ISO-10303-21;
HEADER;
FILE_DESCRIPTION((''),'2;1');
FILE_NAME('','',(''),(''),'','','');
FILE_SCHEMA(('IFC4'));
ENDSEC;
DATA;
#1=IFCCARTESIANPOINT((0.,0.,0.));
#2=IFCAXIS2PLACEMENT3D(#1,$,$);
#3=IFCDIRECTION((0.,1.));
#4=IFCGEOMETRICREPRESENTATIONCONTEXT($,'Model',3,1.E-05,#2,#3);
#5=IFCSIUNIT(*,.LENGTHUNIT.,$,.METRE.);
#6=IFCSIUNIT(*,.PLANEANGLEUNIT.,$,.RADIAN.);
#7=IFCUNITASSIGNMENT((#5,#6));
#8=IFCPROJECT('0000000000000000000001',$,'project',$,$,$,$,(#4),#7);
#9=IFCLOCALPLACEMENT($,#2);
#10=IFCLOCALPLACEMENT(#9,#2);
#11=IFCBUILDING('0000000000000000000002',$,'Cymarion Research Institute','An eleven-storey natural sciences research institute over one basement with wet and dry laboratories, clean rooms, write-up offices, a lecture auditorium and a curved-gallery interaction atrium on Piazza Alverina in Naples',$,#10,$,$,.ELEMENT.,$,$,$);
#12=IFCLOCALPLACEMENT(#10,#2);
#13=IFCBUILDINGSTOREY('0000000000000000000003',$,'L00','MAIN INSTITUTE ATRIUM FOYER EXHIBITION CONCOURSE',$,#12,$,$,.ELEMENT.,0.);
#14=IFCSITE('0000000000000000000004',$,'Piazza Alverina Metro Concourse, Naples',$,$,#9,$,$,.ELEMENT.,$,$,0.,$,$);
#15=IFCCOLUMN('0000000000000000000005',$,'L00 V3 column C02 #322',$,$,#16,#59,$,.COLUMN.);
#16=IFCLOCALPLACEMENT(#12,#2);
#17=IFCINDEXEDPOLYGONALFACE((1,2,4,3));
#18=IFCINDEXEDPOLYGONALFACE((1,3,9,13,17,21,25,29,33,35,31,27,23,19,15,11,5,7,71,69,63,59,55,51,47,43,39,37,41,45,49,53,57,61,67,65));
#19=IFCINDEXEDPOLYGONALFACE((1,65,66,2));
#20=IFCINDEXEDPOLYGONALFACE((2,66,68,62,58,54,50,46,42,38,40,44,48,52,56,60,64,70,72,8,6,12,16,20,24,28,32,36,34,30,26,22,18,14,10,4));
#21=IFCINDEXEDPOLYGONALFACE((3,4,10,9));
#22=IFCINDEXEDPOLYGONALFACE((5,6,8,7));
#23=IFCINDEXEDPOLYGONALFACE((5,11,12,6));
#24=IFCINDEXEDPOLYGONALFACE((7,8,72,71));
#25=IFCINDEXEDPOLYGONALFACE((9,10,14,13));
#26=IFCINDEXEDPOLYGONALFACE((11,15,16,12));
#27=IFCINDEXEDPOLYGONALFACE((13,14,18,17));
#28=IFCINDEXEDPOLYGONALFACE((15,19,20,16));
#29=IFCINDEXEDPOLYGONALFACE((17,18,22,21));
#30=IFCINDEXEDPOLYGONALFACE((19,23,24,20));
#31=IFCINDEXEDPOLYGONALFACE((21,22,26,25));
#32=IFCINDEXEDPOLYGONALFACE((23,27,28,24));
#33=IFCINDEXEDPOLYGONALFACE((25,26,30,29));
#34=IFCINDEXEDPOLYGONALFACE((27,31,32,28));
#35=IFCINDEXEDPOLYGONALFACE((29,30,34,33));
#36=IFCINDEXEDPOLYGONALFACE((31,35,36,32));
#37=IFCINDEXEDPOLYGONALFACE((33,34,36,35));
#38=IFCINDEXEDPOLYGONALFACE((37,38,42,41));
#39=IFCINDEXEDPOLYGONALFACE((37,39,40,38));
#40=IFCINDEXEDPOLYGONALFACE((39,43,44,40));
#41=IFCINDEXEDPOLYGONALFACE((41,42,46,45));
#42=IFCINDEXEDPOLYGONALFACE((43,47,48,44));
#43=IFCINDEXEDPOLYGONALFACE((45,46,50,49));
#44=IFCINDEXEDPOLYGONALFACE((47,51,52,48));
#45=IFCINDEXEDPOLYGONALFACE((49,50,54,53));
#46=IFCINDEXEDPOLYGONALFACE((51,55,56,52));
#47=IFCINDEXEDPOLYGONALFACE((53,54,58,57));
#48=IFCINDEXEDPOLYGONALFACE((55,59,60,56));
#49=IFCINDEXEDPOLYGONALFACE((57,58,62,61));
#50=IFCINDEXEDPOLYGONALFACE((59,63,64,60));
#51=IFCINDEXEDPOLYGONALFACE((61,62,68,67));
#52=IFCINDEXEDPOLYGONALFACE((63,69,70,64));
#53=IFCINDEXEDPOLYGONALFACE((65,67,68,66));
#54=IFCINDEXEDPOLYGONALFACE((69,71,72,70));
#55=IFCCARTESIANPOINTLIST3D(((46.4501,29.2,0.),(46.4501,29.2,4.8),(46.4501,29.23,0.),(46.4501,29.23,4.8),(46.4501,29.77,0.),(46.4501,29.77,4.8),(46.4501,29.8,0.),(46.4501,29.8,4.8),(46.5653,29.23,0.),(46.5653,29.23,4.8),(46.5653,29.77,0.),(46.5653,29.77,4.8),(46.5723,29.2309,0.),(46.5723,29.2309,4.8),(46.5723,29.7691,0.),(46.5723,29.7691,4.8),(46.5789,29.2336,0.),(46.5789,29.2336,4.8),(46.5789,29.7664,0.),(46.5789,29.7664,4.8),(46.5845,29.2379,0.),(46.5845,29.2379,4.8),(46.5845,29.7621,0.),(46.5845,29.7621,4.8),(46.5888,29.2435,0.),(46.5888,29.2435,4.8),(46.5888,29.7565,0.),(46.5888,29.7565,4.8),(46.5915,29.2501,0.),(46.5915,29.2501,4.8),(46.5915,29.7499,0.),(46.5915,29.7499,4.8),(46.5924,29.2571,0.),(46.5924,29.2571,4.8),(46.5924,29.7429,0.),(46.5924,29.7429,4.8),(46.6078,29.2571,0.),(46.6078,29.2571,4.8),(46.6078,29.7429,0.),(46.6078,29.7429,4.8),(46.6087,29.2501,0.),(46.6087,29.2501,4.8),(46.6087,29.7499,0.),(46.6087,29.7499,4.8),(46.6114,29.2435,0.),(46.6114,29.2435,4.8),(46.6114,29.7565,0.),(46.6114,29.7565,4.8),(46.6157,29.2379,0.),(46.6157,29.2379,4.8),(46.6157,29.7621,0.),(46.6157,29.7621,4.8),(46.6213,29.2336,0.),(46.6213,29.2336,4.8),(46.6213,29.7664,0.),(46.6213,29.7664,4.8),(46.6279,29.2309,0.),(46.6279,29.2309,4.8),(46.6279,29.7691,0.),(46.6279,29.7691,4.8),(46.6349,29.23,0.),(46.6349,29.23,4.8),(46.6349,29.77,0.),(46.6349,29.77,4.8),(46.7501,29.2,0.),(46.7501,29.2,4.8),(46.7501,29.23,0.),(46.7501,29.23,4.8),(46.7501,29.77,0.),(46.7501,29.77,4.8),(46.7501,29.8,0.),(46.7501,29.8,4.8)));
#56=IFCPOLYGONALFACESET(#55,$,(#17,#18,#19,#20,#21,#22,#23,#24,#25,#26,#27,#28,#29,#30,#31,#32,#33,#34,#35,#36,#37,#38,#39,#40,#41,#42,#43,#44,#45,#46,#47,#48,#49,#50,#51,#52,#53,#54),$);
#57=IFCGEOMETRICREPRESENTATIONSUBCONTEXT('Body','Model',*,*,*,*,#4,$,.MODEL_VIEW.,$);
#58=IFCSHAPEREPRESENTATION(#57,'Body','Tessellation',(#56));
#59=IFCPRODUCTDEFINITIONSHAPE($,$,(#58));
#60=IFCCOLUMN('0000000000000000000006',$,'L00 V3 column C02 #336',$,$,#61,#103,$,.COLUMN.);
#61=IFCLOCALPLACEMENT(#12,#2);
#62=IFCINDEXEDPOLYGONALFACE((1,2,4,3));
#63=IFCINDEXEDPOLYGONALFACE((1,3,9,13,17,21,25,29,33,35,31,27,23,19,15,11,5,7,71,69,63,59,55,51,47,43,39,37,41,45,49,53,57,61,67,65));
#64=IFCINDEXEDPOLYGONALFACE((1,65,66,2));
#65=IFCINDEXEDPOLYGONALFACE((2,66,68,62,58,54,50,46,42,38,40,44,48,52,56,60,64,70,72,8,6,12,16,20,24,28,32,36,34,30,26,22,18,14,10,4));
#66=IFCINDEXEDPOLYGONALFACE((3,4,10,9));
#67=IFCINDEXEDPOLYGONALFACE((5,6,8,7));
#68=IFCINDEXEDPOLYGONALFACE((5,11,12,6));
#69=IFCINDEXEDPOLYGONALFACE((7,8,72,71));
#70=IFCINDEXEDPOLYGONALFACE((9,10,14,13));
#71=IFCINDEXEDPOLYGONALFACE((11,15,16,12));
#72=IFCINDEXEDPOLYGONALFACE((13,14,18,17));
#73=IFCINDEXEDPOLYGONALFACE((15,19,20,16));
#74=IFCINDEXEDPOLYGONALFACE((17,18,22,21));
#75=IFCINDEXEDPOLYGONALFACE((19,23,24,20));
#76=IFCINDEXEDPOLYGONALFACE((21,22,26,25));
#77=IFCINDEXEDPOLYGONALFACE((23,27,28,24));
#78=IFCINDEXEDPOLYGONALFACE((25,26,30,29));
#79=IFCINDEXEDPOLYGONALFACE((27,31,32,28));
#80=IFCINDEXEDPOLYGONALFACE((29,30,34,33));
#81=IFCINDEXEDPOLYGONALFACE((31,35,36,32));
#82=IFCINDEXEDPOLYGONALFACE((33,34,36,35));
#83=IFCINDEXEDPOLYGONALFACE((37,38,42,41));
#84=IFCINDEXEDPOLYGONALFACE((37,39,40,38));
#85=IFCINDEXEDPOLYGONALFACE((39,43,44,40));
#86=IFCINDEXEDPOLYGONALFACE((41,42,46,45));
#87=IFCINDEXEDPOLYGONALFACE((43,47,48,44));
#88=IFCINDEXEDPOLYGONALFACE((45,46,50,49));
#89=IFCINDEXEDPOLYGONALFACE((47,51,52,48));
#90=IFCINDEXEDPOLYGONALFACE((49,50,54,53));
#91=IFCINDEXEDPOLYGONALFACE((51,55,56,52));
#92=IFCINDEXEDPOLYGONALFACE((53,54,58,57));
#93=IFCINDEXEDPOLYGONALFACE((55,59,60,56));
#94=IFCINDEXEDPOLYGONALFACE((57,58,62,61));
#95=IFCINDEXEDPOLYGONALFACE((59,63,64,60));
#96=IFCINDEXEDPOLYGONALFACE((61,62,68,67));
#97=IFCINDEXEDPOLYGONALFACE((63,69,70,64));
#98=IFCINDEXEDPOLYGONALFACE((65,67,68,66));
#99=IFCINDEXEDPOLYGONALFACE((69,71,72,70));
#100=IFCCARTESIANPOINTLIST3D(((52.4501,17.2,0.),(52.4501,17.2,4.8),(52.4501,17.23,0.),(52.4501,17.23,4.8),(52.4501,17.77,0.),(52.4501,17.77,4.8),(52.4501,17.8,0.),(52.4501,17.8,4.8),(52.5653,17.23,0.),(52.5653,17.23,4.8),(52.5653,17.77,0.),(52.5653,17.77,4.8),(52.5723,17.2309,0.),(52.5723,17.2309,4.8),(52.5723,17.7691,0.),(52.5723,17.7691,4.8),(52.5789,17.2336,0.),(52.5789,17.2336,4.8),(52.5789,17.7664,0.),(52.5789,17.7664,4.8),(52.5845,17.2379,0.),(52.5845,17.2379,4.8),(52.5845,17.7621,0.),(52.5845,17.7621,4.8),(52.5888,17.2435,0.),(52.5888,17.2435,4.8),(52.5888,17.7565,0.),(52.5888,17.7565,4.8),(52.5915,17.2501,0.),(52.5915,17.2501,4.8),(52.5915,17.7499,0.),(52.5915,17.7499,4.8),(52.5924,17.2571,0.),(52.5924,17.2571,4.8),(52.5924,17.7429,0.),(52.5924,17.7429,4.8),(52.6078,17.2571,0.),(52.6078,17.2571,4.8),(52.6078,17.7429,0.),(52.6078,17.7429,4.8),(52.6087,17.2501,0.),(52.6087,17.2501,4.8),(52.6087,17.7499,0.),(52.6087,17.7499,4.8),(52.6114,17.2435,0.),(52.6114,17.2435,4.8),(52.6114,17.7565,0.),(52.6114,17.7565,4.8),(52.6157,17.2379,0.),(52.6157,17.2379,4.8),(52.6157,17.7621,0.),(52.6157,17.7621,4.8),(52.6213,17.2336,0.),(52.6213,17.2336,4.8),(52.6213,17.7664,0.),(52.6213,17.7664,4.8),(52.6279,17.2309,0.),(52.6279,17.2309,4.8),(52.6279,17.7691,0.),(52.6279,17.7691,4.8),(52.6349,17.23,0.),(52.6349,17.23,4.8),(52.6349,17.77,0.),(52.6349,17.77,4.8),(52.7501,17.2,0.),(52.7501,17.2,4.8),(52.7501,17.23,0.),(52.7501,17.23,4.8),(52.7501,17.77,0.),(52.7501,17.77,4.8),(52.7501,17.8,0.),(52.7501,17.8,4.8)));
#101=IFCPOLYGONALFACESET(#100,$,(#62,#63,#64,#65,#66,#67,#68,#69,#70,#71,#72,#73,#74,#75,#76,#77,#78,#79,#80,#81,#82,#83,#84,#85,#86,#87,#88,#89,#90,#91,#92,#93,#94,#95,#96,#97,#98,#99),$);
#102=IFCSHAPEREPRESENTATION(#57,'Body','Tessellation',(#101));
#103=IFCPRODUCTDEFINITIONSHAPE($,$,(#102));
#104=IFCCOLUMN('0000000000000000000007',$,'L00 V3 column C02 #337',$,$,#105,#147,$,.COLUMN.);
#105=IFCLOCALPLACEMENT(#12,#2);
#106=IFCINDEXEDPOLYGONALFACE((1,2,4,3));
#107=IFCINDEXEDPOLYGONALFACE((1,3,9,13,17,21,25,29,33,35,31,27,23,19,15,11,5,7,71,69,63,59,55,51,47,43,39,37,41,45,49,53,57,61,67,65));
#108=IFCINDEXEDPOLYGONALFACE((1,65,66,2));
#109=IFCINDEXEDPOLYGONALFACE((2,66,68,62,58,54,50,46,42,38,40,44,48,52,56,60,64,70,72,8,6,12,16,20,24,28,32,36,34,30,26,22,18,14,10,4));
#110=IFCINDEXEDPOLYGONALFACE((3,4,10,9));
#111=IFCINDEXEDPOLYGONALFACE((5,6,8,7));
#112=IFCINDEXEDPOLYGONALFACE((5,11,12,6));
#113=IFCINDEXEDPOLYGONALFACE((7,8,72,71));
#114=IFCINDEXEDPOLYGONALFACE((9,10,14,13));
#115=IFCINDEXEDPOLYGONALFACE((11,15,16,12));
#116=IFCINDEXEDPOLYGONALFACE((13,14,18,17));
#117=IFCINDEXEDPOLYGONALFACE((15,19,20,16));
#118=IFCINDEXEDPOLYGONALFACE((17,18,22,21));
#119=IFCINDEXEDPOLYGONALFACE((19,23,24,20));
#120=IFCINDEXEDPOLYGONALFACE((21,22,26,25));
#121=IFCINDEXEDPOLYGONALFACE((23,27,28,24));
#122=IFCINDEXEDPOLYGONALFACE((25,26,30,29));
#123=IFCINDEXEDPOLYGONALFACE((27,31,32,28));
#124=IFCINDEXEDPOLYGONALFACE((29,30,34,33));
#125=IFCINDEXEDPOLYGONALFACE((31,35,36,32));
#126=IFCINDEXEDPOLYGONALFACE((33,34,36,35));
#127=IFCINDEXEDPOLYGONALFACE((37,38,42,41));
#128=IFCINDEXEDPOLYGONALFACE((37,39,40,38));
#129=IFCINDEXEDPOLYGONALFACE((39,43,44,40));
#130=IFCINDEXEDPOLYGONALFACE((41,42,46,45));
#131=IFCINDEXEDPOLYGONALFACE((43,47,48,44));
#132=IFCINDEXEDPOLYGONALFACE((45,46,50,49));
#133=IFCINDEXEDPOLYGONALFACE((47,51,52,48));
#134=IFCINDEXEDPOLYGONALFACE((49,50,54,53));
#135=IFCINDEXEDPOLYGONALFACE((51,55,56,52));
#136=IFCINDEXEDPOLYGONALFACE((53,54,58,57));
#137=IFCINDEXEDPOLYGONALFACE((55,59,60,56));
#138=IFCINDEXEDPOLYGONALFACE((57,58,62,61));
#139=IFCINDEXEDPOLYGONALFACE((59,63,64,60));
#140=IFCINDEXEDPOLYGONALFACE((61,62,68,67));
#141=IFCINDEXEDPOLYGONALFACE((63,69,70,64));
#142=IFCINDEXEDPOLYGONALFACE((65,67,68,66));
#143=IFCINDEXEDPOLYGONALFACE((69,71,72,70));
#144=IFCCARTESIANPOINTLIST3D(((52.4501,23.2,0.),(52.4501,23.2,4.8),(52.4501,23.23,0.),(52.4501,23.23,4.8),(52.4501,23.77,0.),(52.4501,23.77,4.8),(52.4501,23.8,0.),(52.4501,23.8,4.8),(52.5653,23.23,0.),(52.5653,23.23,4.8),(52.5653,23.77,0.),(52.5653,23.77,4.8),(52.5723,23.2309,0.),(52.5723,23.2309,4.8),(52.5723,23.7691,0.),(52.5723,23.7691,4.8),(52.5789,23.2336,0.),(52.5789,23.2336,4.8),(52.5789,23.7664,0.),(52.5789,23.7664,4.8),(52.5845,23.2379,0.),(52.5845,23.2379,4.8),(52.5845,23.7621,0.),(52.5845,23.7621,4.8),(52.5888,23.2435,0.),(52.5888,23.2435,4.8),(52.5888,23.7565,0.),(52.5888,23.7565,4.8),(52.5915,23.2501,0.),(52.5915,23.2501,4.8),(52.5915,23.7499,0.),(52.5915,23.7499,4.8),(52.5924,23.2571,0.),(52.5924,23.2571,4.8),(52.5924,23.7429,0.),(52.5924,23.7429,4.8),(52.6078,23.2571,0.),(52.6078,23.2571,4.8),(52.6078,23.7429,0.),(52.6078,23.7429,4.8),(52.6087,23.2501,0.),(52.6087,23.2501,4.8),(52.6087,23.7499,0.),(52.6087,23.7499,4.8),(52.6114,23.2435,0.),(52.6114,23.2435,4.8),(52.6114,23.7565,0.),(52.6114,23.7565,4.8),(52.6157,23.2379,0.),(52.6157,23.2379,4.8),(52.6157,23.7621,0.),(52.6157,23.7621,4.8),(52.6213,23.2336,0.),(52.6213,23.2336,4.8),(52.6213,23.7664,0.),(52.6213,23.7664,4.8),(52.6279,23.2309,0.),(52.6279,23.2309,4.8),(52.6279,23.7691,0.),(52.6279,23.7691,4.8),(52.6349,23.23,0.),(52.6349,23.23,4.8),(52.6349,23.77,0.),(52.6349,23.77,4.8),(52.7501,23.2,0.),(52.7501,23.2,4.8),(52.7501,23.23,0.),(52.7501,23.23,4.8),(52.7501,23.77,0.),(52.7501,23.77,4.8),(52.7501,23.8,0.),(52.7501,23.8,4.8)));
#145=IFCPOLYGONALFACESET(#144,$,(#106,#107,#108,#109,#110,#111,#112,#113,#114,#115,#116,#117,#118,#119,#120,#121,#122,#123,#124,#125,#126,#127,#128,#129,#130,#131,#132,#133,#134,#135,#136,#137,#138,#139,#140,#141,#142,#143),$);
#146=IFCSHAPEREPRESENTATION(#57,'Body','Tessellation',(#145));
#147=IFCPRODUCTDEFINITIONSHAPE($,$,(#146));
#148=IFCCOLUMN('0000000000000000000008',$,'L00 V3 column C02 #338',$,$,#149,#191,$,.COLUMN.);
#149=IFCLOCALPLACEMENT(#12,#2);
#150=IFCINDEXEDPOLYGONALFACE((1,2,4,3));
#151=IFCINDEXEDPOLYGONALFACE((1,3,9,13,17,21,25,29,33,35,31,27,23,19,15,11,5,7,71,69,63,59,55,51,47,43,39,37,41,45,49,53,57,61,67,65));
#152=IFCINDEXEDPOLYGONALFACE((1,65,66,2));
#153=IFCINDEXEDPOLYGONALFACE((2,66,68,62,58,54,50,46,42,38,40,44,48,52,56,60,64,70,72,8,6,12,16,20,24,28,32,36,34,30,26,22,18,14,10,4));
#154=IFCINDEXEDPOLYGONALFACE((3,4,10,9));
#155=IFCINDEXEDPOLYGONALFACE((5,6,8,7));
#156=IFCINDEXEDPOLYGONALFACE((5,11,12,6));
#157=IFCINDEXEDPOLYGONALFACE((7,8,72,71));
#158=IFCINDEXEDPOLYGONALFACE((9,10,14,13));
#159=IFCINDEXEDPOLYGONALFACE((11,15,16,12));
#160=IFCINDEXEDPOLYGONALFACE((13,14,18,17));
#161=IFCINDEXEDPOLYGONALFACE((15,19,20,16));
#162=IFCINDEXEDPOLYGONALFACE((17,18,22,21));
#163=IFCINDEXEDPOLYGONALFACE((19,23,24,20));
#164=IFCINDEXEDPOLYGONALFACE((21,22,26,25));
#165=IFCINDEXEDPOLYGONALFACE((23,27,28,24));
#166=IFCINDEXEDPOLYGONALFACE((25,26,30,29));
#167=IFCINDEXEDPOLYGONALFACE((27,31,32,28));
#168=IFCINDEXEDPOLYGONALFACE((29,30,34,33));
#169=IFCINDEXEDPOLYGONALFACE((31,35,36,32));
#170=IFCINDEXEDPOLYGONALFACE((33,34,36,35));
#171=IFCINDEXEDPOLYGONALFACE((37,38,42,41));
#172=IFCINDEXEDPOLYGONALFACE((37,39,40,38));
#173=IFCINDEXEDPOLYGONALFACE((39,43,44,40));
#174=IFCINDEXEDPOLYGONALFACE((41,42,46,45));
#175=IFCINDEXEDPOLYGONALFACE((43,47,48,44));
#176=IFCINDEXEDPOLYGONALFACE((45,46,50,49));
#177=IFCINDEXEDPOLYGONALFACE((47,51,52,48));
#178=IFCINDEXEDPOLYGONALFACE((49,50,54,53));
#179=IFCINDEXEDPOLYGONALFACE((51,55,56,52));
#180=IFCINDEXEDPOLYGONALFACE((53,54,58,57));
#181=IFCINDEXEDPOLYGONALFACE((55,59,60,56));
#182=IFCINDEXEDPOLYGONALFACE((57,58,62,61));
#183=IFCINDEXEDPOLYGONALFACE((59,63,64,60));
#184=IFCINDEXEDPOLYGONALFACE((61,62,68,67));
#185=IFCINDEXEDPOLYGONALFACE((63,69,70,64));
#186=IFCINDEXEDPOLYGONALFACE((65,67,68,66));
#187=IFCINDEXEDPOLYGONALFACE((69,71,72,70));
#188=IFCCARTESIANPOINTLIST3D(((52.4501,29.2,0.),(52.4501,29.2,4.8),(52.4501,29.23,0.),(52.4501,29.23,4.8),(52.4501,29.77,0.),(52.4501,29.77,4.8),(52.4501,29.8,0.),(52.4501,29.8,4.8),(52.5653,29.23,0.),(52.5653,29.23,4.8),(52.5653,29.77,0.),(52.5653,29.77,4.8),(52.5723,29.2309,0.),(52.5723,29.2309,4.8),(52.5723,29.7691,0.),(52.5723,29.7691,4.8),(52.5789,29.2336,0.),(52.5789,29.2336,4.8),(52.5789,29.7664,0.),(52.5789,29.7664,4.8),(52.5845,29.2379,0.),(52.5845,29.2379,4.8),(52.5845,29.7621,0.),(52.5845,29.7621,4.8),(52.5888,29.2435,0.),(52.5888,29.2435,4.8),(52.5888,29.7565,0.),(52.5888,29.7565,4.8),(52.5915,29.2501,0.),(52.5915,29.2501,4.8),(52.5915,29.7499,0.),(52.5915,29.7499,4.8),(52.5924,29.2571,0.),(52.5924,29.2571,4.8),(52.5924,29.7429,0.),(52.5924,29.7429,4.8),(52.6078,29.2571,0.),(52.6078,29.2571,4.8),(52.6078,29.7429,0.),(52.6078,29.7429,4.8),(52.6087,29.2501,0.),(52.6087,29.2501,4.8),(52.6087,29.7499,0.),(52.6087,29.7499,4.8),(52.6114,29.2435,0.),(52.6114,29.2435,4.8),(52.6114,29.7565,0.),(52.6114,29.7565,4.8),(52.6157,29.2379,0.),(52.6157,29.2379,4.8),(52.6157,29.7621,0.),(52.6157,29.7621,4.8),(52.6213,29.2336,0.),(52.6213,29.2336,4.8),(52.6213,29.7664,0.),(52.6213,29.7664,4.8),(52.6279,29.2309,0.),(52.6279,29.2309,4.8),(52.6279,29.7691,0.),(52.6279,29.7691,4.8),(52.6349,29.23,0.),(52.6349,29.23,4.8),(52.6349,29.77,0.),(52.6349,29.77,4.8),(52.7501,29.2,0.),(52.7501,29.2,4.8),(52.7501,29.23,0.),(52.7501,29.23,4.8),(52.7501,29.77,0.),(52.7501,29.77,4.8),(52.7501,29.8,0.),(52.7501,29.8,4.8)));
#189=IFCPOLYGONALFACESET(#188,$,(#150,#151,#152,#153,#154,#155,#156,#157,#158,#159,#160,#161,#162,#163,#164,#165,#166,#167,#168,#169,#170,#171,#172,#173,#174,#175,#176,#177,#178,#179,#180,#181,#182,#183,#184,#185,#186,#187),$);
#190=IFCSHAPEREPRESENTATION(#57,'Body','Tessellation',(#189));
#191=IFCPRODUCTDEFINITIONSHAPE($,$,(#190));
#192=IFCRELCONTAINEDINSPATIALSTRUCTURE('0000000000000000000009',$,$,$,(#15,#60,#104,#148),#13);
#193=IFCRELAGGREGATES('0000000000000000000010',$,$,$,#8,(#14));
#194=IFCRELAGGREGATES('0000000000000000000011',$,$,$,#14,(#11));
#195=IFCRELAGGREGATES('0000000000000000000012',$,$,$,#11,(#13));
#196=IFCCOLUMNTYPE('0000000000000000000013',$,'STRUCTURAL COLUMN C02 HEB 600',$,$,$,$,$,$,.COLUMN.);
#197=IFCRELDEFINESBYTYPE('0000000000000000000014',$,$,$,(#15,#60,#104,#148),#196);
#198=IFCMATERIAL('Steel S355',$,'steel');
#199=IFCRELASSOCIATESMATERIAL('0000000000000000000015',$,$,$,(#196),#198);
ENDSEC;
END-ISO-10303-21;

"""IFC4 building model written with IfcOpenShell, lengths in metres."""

from ifc_helpers import new_model, si_unit, direction, frame, origin, origin_2d, place, context, subcontext, project, spatial, i_section, extrude, material, material_profile, profile_set, type_object, element, save


model = new_model("IFC4")

# Units and contexts
model_context = context("Model", 3, precision=1e-05, world=origin(), true_north=direction((0.0, 1.0)))
body_context = subcontext(model_context, "Body", "Model", "MODEL_VIEW")
ifc_project = project(units=[si_unit("LENGTHUNIT", "METRE"), si_unit("PLANEANGLEUNIT", "RADIAN")], contexts=[model_context])

# Site, building, storey
site_placement = place(None, origin())
site = spatial("IfcSite", under=ifc_project, at=site_placement, Name="Piazza Alverina Metro Concourse, Naples", CompositionType="ELEMENT", RefElevation=0.0)
building_placement = place(site_placement, origin())
building = spatial("IfcBuilding", under=site, at=building_placement, Name="Cymarion Research Institute", Description="An eleven-storey natural sciences research institute over one basement with wet and dry laboratories, clean rooms, write-up offices, a lecture auditorium and a curved-gallery interaction atrium on Piazza Alverina in Naples", CompositionType="ELEMENT")
storey_placement = place(building_placement, origin())
storey = spatial("IfcBuildingStorey", under=building, at=storey_placement, Name="L00", Description="MAIN INSTITUTE ATRIUM FOYER EXHIBITION CONCOURSE", CompositionType="ELEMENT", Elevation=0.0)

# Columns
ifc_material_1 = material(Name="Steel S355", Category="steel")
ifc_material_profile_1 = material_profile(ifc_material_1, i_section(OverallWidth=0.3, OverallDepth=0.6001, WebThickness=0.0154, FlangeThickness=0.03, FilletRadius=0.0271, at=origin_2d()), Name="HEB 600")
ifc_profile_set_1 = profile_set([ifc_material_profile_1], Name="Steel S355")
column_type = type_object("IfcColumnType", Name="STRUCTURAL COLUMN C02 HEB 600", PredefinedType="COLUMN", material=ifc_profile_set_1)
for number, where, z_axis, x_axis, name in (
    (1, (46.6001, 29.5, 0.0), (0.0, 0.0, 1.0), (1.0, 0.0, 0.0), "L00 V3 column C02 #322"),
    (2, (52.6001, 17.5, 0.0), (0.0, 0.0, 1.0), (1.0, 0.0, 0.0), "L00 V3 column C02 #336"),
    (3, (52.6001, 23.5, 0.0), (0.0, 0.0, 1.0), (1.0, 0.0, 0.0), "L00 V3 column C02 #337"),
    (4, (52.6001, 29.5, 0.0), (0.0, 0.0, 1.0), (1.0, 0.0, 0.0), "L00 V3 column C02 #338"),
):
    element("IfcColumn", number, at=place(storey_placement, frame(where, z_axis=z_axis, x_axis=x_axis)), inside=storey, type_object=column_type, Name=name, PredefinedType="COLUMN", context=body_context, shape_type="SweptSolid", body=[
        extrude(i_section(OverallWidth=0.3, OverallDepth=0.6001, WebThickness=0.0154, FlangeThickness=0.03, FilletRadius=0.0271, at=origin_2d()), origin(), (0.0, 0.0, 1.0), 4.8),
    ])

save(model, "model.ifc")
